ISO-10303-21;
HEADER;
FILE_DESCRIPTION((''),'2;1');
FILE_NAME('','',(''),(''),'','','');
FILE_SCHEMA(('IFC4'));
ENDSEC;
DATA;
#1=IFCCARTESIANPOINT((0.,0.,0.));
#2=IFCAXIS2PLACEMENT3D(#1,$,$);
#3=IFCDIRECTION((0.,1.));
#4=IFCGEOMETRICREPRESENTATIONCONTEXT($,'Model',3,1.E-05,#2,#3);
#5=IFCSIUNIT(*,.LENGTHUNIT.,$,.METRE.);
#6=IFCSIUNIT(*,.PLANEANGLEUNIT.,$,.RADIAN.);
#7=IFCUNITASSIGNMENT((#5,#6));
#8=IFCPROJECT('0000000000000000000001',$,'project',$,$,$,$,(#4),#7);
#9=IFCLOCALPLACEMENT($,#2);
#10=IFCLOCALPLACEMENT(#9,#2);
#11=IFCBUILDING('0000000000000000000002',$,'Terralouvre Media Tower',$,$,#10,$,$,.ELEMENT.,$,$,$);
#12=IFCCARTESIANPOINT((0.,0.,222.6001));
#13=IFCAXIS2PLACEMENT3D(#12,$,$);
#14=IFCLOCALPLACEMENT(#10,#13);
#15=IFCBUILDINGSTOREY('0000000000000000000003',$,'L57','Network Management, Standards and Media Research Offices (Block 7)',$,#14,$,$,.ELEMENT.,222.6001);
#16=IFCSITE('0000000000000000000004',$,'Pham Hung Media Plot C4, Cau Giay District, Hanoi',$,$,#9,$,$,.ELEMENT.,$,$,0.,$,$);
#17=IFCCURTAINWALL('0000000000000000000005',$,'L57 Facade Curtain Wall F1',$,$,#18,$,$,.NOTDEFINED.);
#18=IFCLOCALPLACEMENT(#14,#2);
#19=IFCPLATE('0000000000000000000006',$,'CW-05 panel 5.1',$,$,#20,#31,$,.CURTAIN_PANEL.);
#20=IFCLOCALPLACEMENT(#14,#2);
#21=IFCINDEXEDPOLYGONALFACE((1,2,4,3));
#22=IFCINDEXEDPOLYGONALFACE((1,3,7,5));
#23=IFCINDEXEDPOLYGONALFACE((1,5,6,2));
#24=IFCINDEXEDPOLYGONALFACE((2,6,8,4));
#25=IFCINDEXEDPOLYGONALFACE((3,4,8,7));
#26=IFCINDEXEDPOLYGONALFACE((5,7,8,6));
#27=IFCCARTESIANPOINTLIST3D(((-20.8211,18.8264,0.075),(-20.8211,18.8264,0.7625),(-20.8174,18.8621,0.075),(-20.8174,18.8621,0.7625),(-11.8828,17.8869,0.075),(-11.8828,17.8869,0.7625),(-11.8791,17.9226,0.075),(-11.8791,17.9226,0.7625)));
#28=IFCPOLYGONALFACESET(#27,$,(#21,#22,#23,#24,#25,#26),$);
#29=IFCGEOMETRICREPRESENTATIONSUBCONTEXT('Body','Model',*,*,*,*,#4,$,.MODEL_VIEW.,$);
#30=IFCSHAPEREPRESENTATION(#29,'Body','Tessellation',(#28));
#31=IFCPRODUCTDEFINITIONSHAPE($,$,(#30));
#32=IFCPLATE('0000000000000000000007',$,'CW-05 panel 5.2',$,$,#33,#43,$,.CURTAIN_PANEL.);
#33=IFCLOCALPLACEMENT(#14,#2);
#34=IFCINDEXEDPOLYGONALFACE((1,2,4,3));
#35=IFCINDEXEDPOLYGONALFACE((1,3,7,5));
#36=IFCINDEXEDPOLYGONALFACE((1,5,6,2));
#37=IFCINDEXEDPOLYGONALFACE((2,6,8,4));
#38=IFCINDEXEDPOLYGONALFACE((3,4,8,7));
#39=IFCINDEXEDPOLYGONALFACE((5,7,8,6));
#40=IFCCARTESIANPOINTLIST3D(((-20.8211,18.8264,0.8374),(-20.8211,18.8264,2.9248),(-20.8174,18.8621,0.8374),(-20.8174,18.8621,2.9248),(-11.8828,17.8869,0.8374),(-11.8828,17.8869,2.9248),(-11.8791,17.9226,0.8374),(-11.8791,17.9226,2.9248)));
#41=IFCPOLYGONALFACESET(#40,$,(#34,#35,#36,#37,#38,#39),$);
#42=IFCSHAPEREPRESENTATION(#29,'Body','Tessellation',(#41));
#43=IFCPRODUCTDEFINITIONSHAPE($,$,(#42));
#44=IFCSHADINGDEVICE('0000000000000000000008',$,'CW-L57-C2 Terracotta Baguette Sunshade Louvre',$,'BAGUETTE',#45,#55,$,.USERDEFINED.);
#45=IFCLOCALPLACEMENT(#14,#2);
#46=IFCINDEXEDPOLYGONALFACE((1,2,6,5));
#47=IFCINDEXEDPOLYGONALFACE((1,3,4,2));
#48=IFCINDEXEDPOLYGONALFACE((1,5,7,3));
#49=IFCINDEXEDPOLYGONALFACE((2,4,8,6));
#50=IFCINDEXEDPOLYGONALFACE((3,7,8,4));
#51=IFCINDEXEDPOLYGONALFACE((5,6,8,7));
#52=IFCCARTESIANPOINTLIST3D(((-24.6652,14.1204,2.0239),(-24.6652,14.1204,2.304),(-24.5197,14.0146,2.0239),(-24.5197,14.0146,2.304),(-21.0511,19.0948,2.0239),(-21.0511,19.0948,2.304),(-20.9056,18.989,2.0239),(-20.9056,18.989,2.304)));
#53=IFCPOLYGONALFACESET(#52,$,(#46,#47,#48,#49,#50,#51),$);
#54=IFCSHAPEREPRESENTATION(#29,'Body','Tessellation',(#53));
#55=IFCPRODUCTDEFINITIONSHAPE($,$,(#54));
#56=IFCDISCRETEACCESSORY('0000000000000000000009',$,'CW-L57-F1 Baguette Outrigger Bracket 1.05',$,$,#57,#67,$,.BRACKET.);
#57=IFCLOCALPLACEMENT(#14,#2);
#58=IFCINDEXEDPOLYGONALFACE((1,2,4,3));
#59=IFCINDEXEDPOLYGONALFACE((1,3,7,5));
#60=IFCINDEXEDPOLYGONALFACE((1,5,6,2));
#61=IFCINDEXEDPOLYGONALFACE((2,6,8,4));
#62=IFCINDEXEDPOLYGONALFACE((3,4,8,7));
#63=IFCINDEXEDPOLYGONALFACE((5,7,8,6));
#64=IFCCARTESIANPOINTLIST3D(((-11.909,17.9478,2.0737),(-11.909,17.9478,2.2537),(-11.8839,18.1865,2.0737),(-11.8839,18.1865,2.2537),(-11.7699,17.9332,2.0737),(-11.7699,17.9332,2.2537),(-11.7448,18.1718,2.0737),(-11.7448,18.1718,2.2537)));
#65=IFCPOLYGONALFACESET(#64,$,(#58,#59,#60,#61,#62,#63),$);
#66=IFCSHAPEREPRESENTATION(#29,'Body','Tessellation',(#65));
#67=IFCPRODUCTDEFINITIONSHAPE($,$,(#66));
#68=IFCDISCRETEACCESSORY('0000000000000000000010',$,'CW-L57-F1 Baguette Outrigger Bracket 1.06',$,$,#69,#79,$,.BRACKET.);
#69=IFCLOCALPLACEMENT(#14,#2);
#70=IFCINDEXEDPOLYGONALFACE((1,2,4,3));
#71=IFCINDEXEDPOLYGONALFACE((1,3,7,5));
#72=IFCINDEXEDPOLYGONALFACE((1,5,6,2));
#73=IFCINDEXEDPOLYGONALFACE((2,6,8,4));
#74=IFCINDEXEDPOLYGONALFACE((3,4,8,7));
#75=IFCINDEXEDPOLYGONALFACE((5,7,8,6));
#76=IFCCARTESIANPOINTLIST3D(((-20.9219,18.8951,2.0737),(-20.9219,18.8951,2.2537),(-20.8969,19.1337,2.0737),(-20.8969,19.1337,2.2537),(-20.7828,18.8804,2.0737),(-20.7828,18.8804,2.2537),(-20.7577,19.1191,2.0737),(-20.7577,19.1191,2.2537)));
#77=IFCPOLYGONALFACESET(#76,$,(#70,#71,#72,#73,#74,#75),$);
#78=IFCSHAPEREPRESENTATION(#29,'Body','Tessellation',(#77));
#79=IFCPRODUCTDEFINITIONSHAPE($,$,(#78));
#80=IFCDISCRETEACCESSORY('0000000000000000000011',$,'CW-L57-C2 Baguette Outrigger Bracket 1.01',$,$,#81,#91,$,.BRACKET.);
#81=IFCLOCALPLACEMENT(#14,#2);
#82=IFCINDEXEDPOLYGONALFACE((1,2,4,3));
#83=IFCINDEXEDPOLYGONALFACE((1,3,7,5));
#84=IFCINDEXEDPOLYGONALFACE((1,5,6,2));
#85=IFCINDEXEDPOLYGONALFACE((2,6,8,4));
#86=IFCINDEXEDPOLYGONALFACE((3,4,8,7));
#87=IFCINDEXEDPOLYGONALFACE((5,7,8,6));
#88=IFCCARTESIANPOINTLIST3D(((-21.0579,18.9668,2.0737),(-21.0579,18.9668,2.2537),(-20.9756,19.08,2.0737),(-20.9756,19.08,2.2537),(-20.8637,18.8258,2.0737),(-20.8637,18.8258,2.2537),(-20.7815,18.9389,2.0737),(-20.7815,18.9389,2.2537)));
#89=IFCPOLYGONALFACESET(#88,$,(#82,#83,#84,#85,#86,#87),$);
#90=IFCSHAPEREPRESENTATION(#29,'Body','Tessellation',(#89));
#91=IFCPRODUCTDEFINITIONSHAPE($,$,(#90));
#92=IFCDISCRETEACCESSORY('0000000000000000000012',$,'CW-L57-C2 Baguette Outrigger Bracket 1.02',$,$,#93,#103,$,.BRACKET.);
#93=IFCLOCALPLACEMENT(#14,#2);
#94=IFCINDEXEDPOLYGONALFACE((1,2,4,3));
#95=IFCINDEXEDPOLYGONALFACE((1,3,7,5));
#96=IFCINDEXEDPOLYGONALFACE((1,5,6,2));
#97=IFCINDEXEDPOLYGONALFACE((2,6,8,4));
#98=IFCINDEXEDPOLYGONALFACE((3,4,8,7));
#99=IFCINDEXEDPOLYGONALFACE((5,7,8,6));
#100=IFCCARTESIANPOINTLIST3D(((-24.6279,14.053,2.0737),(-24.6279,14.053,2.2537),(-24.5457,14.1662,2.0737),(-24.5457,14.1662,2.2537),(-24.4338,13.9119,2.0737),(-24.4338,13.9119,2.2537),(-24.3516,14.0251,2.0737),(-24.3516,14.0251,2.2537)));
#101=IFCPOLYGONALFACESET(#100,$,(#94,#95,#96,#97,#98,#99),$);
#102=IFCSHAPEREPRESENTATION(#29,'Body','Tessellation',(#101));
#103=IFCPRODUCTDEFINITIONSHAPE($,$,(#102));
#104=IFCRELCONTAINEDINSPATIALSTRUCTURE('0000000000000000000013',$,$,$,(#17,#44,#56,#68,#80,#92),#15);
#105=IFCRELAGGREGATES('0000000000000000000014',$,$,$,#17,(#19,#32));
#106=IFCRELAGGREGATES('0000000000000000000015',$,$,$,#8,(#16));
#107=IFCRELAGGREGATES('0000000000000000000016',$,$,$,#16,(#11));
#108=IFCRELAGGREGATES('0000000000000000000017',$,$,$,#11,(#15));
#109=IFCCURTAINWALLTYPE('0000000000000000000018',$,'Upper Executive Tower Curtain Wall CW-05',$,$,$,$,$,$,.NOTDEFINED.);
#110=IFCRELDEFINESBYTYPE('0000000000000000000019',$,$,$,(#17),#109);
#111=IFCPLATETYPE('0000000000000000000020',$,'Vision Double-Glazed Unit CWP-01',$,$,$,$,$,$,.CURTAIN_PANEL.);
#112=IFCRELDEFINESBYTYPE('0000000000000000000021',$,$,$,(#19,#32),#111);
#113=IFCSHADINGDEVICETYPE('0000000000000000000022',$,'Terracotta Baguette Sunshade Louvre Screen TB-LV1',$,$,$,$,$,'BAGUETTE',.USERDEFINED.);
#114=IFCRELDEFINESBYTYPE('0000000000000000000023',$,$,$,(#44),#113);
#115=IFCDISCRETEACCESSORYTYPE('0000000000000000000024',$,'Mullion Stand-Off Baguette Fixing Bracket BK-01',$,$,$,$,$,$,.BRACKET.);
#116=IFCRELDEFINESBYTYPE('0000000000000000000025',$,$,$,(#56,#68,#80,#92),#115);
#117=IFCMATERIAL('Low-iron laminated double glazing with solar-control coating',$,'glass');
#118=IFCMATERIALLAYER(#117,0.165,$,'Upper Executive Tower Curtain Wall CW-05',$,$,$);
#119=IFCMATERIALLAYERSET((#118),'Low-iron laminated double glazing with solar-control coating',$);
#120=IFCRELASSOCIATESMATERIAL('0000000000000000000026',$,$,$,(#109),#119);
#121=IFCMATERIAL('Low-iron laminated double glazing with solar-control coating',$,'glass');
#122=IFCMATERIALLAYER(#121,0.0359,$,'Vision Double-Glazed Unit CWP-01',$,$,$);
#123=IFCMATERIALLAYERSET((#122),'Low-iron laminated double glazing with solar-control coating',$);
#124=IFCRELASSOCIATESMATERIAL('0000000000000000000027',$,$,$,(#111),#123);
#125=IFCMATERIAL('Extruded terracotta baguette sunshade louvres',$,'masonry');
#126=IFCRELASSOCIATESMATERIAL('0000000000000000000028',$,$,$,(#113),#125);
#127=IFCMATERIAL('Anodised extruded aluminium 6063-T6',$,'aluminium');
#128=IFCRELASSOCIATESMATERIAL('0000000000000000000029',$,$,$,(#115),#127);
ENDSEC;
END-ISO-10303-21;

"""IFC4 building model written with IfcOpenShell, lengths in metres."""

from ifc_helpers import new_model, si_unit, direction, frame, origin, origin_2d, place, context, subcontext, project, spatial, rectangle, extrude, material, layer, layer_set, type_object, element, aggregate, save


model = new_model("IFC4")

# Units and contexts
model_context = context("Model", 3, precision=1e-05, world=origin(), true_north=direction((0.0, 1.0)))
body_context = subcontext(model_context, "Body", "Model", "MODEL_VIEW")
ifc_project = project(units=[si_unit("LENGTHUNIT", "METRE"), si_unit("PLANEANGLEUNIT", "RADIAN")], contexts=[model_context])

# Site, building, storey
site_placement = place(None, origin())
site = spatial("IfcSite", under=ifc_project, at=site_placement, Name="Pham Hung Media Plot C4, Cau Giay District, Hanoi", CompositionType="ELEMENT", RefElevation=0.0)
building_placement = place(site_placement, origin())
building = spatial("IfcBuilding", under=site, at=building_placement, Name="Terralouvre Media Tower", CompositionType="ELEMENT")
storey_placement = place(building_placement, frame((0.0, 0.0, 222.6001)))
storey = spatial("IfcBuildingStorey", under=building, at=storey_placement, Name="L57", Description="Network Management, Standards and Media Research Offices (Block 7)", CompositionType="ELEMENT", Elevation=222.6001)

# Curtain wall
ifc_material_1 = material(Name="Low-iron laminated double glazing with solar-control coating", Category="glass")
ifc_layer_1 = layer(ifc_material_1, 0.165, Name="Upper Executive Tower Curtain Wall CW-05")
ifc_layer_set_1 = layer_set([ifc_layer_1], Name="Low-iron laminated double glazing with solar-control coating")
curtain_wall_type_1 = type_object("IfcCurtainWallType", Name="Upper Executive Tower Curtain Wall CW-05", PredefinedType="NOTDEFINED", material=ifc_layer_set_1)
curtain_wall_1_placement = place(storey_placement, origin())
curtain_wall_1 = element("IfcCurtainWall", 1, at=curtain_wall_1_placement, inside=storey, type_object=curtain_wall_type_1, Name="L57 Facade Curtain Wall F1", PredefinedType="NOTDEFINED")

# Plates
ifc_material_2 = material(Name="Low-iron laminated double glazing with solar-control coating", Category="glass")
ifc_layer_2 = layer(ifc_material_2, 0.0359, Name="Vision Double-Glazed Unit CWP-01")
ifc_layer_set_2 = layer_set([ifc_layer_2], Name="Low-iron laminated double glazing with solar-control coating")
plate_type_1 = type_object("IfcPlateType", Name="Vision Double-Glazed Unit CWP-01", PredefinedType="CURTAIN_PANEL", material=ifc_layer_set_2)
plate_1_placement = place(storey_placement, frame((-16.3501, 18.3745, 0.075), z_axis=(0.0, 0.0, 1.0), x_axis=(-0.994522, 0.104529, 0.0)))
plate_1 = element("IfcPlate", 2, at=plate_1_placement, type_object=plate_type_1, Name="CW-05 panel 5.1", PredefinedType="CURTAIN_PANEL", context=body_context, shape_type="SweptSolid", body=[
    extrude(rectangle(XDim=8.9875, YDim=0.0359, at=origin_2d()), origin(), (0.0, 0.0, 1.0), 0.6875),
])
plate_2_placement = place(storey_placement, frame((-16.3501, 18.3745, 0.8374), z_axis=(0.0, 0.0, 1.0), x_axis=(-0.994522, 0.104529, 0.0)))
plate_2 = element("IfcPlate", 3, at=plate_2_placement, type_object=plate_type_1, Name="CW-05 panel 5.2", PredefinedType="CURTAIN_PANEL", context=body_context, shape_type="SweptSolid", body=[
    extrude(rectangle(XDim=8.9875, YDim=0.0359, at=origin_2d()), origin(), (0.0, 0.0, 1.0), 2.0874),
])
aggregate(curtain_wall_1, [plate_1, plate_2])

# Shading device
ifc_material_3 = material(Name="Extruded terracotta baguette sunshade louvres", Category="masonry")
shading_device_type = type_object("IfcShadingDeviceType", Name="Terracotta Baguette Sunshade Louvre Screen TB-LV1", ElementType="BAGUETTE", PredefinedType="USERDEFINED", material=ifc_material_3)
shading_device_placement = place(storey_placement, frame((-22.7854, 16.5547, 2.0239), z_axis=(0.0, 0.0, 1.0), x_axis=(-0.587786, -0.809017, 0.0)))
element("IfcShadingDevice", 4, at=shading_device_placement, inside=storey, type_object=shading_device_type, Name="CW-L57-C2 Terracotta Baguette Sunshade Louvre", ObjectType="BAGUETTE", PredefinedType="USERDEFINED", context=body_context, shape_type="SweptSolid", body=[
    extrude(rectangle(XDim=6.1487, YDim=0.1799, at=origin_2d()), origin(), (0.0, 0.0, 1.0), 0.28),
])

# Discrete accessories
ifc_material_4 = material(Name="Anodised extruded aluminium 6063-T6", Category="aluminium")
discrete_accessory_type = type_object("IfcDiscreteAccessoryType", Name="Mullion Stand-Off Baguette Fixing Bracket BK-01", PredefinedType="BRACKET", material=ifc_material_4)
for number, where, z_axis, x_axis, name in (
    (5, (-11.8269, 18.0598, 2.0737), (0.0, 0.0, 1.0), (-0.994522, 0.104529, 0.0), "CW-L57-F1 Baguette Outrigger Bracket 1.05"),
    (6, (-20.8398, 19.0071, 2.0737), (0.0, 0.0, 1.0), (-0.994522, 0.104529, 0.0), "CW-L57-F1 Baguette Outrigger Bracket 1.06"),
    (7, (-20.9197, 18.9529, 2.0737), (0.0, 0.0, 1.0), (-0.587786, -0.809017, 0.0), "CW-L57-C2 Baguette Outrigger Bracket 1.01"),
    (8, (-24.4897, 14.0391, 2.0737), (0.0, 0.0, 1.0), (-0.587786, -0.809017, 0.0), "CW-L57-C2 Baguette Outrigger Bracket 1.02"),
):
    element("IfcDiscreteAccessory", number, at=place(storey_placement, frame(where, z_axis=z_axis, x_axis=x_axis)), inside=storey, type_object=discrete_accessory_type, Name=name, PredefinedType="BRACKET", context=body_context, shape_type="SweptSolid", body=[
        extrude(rectangle(XDim=0.1399, YDim=0.24, at=origin_2d()), origin(), (0.0, 0.0, 1.0), 0.1799),
    ])

save(model, "model.ifc")
